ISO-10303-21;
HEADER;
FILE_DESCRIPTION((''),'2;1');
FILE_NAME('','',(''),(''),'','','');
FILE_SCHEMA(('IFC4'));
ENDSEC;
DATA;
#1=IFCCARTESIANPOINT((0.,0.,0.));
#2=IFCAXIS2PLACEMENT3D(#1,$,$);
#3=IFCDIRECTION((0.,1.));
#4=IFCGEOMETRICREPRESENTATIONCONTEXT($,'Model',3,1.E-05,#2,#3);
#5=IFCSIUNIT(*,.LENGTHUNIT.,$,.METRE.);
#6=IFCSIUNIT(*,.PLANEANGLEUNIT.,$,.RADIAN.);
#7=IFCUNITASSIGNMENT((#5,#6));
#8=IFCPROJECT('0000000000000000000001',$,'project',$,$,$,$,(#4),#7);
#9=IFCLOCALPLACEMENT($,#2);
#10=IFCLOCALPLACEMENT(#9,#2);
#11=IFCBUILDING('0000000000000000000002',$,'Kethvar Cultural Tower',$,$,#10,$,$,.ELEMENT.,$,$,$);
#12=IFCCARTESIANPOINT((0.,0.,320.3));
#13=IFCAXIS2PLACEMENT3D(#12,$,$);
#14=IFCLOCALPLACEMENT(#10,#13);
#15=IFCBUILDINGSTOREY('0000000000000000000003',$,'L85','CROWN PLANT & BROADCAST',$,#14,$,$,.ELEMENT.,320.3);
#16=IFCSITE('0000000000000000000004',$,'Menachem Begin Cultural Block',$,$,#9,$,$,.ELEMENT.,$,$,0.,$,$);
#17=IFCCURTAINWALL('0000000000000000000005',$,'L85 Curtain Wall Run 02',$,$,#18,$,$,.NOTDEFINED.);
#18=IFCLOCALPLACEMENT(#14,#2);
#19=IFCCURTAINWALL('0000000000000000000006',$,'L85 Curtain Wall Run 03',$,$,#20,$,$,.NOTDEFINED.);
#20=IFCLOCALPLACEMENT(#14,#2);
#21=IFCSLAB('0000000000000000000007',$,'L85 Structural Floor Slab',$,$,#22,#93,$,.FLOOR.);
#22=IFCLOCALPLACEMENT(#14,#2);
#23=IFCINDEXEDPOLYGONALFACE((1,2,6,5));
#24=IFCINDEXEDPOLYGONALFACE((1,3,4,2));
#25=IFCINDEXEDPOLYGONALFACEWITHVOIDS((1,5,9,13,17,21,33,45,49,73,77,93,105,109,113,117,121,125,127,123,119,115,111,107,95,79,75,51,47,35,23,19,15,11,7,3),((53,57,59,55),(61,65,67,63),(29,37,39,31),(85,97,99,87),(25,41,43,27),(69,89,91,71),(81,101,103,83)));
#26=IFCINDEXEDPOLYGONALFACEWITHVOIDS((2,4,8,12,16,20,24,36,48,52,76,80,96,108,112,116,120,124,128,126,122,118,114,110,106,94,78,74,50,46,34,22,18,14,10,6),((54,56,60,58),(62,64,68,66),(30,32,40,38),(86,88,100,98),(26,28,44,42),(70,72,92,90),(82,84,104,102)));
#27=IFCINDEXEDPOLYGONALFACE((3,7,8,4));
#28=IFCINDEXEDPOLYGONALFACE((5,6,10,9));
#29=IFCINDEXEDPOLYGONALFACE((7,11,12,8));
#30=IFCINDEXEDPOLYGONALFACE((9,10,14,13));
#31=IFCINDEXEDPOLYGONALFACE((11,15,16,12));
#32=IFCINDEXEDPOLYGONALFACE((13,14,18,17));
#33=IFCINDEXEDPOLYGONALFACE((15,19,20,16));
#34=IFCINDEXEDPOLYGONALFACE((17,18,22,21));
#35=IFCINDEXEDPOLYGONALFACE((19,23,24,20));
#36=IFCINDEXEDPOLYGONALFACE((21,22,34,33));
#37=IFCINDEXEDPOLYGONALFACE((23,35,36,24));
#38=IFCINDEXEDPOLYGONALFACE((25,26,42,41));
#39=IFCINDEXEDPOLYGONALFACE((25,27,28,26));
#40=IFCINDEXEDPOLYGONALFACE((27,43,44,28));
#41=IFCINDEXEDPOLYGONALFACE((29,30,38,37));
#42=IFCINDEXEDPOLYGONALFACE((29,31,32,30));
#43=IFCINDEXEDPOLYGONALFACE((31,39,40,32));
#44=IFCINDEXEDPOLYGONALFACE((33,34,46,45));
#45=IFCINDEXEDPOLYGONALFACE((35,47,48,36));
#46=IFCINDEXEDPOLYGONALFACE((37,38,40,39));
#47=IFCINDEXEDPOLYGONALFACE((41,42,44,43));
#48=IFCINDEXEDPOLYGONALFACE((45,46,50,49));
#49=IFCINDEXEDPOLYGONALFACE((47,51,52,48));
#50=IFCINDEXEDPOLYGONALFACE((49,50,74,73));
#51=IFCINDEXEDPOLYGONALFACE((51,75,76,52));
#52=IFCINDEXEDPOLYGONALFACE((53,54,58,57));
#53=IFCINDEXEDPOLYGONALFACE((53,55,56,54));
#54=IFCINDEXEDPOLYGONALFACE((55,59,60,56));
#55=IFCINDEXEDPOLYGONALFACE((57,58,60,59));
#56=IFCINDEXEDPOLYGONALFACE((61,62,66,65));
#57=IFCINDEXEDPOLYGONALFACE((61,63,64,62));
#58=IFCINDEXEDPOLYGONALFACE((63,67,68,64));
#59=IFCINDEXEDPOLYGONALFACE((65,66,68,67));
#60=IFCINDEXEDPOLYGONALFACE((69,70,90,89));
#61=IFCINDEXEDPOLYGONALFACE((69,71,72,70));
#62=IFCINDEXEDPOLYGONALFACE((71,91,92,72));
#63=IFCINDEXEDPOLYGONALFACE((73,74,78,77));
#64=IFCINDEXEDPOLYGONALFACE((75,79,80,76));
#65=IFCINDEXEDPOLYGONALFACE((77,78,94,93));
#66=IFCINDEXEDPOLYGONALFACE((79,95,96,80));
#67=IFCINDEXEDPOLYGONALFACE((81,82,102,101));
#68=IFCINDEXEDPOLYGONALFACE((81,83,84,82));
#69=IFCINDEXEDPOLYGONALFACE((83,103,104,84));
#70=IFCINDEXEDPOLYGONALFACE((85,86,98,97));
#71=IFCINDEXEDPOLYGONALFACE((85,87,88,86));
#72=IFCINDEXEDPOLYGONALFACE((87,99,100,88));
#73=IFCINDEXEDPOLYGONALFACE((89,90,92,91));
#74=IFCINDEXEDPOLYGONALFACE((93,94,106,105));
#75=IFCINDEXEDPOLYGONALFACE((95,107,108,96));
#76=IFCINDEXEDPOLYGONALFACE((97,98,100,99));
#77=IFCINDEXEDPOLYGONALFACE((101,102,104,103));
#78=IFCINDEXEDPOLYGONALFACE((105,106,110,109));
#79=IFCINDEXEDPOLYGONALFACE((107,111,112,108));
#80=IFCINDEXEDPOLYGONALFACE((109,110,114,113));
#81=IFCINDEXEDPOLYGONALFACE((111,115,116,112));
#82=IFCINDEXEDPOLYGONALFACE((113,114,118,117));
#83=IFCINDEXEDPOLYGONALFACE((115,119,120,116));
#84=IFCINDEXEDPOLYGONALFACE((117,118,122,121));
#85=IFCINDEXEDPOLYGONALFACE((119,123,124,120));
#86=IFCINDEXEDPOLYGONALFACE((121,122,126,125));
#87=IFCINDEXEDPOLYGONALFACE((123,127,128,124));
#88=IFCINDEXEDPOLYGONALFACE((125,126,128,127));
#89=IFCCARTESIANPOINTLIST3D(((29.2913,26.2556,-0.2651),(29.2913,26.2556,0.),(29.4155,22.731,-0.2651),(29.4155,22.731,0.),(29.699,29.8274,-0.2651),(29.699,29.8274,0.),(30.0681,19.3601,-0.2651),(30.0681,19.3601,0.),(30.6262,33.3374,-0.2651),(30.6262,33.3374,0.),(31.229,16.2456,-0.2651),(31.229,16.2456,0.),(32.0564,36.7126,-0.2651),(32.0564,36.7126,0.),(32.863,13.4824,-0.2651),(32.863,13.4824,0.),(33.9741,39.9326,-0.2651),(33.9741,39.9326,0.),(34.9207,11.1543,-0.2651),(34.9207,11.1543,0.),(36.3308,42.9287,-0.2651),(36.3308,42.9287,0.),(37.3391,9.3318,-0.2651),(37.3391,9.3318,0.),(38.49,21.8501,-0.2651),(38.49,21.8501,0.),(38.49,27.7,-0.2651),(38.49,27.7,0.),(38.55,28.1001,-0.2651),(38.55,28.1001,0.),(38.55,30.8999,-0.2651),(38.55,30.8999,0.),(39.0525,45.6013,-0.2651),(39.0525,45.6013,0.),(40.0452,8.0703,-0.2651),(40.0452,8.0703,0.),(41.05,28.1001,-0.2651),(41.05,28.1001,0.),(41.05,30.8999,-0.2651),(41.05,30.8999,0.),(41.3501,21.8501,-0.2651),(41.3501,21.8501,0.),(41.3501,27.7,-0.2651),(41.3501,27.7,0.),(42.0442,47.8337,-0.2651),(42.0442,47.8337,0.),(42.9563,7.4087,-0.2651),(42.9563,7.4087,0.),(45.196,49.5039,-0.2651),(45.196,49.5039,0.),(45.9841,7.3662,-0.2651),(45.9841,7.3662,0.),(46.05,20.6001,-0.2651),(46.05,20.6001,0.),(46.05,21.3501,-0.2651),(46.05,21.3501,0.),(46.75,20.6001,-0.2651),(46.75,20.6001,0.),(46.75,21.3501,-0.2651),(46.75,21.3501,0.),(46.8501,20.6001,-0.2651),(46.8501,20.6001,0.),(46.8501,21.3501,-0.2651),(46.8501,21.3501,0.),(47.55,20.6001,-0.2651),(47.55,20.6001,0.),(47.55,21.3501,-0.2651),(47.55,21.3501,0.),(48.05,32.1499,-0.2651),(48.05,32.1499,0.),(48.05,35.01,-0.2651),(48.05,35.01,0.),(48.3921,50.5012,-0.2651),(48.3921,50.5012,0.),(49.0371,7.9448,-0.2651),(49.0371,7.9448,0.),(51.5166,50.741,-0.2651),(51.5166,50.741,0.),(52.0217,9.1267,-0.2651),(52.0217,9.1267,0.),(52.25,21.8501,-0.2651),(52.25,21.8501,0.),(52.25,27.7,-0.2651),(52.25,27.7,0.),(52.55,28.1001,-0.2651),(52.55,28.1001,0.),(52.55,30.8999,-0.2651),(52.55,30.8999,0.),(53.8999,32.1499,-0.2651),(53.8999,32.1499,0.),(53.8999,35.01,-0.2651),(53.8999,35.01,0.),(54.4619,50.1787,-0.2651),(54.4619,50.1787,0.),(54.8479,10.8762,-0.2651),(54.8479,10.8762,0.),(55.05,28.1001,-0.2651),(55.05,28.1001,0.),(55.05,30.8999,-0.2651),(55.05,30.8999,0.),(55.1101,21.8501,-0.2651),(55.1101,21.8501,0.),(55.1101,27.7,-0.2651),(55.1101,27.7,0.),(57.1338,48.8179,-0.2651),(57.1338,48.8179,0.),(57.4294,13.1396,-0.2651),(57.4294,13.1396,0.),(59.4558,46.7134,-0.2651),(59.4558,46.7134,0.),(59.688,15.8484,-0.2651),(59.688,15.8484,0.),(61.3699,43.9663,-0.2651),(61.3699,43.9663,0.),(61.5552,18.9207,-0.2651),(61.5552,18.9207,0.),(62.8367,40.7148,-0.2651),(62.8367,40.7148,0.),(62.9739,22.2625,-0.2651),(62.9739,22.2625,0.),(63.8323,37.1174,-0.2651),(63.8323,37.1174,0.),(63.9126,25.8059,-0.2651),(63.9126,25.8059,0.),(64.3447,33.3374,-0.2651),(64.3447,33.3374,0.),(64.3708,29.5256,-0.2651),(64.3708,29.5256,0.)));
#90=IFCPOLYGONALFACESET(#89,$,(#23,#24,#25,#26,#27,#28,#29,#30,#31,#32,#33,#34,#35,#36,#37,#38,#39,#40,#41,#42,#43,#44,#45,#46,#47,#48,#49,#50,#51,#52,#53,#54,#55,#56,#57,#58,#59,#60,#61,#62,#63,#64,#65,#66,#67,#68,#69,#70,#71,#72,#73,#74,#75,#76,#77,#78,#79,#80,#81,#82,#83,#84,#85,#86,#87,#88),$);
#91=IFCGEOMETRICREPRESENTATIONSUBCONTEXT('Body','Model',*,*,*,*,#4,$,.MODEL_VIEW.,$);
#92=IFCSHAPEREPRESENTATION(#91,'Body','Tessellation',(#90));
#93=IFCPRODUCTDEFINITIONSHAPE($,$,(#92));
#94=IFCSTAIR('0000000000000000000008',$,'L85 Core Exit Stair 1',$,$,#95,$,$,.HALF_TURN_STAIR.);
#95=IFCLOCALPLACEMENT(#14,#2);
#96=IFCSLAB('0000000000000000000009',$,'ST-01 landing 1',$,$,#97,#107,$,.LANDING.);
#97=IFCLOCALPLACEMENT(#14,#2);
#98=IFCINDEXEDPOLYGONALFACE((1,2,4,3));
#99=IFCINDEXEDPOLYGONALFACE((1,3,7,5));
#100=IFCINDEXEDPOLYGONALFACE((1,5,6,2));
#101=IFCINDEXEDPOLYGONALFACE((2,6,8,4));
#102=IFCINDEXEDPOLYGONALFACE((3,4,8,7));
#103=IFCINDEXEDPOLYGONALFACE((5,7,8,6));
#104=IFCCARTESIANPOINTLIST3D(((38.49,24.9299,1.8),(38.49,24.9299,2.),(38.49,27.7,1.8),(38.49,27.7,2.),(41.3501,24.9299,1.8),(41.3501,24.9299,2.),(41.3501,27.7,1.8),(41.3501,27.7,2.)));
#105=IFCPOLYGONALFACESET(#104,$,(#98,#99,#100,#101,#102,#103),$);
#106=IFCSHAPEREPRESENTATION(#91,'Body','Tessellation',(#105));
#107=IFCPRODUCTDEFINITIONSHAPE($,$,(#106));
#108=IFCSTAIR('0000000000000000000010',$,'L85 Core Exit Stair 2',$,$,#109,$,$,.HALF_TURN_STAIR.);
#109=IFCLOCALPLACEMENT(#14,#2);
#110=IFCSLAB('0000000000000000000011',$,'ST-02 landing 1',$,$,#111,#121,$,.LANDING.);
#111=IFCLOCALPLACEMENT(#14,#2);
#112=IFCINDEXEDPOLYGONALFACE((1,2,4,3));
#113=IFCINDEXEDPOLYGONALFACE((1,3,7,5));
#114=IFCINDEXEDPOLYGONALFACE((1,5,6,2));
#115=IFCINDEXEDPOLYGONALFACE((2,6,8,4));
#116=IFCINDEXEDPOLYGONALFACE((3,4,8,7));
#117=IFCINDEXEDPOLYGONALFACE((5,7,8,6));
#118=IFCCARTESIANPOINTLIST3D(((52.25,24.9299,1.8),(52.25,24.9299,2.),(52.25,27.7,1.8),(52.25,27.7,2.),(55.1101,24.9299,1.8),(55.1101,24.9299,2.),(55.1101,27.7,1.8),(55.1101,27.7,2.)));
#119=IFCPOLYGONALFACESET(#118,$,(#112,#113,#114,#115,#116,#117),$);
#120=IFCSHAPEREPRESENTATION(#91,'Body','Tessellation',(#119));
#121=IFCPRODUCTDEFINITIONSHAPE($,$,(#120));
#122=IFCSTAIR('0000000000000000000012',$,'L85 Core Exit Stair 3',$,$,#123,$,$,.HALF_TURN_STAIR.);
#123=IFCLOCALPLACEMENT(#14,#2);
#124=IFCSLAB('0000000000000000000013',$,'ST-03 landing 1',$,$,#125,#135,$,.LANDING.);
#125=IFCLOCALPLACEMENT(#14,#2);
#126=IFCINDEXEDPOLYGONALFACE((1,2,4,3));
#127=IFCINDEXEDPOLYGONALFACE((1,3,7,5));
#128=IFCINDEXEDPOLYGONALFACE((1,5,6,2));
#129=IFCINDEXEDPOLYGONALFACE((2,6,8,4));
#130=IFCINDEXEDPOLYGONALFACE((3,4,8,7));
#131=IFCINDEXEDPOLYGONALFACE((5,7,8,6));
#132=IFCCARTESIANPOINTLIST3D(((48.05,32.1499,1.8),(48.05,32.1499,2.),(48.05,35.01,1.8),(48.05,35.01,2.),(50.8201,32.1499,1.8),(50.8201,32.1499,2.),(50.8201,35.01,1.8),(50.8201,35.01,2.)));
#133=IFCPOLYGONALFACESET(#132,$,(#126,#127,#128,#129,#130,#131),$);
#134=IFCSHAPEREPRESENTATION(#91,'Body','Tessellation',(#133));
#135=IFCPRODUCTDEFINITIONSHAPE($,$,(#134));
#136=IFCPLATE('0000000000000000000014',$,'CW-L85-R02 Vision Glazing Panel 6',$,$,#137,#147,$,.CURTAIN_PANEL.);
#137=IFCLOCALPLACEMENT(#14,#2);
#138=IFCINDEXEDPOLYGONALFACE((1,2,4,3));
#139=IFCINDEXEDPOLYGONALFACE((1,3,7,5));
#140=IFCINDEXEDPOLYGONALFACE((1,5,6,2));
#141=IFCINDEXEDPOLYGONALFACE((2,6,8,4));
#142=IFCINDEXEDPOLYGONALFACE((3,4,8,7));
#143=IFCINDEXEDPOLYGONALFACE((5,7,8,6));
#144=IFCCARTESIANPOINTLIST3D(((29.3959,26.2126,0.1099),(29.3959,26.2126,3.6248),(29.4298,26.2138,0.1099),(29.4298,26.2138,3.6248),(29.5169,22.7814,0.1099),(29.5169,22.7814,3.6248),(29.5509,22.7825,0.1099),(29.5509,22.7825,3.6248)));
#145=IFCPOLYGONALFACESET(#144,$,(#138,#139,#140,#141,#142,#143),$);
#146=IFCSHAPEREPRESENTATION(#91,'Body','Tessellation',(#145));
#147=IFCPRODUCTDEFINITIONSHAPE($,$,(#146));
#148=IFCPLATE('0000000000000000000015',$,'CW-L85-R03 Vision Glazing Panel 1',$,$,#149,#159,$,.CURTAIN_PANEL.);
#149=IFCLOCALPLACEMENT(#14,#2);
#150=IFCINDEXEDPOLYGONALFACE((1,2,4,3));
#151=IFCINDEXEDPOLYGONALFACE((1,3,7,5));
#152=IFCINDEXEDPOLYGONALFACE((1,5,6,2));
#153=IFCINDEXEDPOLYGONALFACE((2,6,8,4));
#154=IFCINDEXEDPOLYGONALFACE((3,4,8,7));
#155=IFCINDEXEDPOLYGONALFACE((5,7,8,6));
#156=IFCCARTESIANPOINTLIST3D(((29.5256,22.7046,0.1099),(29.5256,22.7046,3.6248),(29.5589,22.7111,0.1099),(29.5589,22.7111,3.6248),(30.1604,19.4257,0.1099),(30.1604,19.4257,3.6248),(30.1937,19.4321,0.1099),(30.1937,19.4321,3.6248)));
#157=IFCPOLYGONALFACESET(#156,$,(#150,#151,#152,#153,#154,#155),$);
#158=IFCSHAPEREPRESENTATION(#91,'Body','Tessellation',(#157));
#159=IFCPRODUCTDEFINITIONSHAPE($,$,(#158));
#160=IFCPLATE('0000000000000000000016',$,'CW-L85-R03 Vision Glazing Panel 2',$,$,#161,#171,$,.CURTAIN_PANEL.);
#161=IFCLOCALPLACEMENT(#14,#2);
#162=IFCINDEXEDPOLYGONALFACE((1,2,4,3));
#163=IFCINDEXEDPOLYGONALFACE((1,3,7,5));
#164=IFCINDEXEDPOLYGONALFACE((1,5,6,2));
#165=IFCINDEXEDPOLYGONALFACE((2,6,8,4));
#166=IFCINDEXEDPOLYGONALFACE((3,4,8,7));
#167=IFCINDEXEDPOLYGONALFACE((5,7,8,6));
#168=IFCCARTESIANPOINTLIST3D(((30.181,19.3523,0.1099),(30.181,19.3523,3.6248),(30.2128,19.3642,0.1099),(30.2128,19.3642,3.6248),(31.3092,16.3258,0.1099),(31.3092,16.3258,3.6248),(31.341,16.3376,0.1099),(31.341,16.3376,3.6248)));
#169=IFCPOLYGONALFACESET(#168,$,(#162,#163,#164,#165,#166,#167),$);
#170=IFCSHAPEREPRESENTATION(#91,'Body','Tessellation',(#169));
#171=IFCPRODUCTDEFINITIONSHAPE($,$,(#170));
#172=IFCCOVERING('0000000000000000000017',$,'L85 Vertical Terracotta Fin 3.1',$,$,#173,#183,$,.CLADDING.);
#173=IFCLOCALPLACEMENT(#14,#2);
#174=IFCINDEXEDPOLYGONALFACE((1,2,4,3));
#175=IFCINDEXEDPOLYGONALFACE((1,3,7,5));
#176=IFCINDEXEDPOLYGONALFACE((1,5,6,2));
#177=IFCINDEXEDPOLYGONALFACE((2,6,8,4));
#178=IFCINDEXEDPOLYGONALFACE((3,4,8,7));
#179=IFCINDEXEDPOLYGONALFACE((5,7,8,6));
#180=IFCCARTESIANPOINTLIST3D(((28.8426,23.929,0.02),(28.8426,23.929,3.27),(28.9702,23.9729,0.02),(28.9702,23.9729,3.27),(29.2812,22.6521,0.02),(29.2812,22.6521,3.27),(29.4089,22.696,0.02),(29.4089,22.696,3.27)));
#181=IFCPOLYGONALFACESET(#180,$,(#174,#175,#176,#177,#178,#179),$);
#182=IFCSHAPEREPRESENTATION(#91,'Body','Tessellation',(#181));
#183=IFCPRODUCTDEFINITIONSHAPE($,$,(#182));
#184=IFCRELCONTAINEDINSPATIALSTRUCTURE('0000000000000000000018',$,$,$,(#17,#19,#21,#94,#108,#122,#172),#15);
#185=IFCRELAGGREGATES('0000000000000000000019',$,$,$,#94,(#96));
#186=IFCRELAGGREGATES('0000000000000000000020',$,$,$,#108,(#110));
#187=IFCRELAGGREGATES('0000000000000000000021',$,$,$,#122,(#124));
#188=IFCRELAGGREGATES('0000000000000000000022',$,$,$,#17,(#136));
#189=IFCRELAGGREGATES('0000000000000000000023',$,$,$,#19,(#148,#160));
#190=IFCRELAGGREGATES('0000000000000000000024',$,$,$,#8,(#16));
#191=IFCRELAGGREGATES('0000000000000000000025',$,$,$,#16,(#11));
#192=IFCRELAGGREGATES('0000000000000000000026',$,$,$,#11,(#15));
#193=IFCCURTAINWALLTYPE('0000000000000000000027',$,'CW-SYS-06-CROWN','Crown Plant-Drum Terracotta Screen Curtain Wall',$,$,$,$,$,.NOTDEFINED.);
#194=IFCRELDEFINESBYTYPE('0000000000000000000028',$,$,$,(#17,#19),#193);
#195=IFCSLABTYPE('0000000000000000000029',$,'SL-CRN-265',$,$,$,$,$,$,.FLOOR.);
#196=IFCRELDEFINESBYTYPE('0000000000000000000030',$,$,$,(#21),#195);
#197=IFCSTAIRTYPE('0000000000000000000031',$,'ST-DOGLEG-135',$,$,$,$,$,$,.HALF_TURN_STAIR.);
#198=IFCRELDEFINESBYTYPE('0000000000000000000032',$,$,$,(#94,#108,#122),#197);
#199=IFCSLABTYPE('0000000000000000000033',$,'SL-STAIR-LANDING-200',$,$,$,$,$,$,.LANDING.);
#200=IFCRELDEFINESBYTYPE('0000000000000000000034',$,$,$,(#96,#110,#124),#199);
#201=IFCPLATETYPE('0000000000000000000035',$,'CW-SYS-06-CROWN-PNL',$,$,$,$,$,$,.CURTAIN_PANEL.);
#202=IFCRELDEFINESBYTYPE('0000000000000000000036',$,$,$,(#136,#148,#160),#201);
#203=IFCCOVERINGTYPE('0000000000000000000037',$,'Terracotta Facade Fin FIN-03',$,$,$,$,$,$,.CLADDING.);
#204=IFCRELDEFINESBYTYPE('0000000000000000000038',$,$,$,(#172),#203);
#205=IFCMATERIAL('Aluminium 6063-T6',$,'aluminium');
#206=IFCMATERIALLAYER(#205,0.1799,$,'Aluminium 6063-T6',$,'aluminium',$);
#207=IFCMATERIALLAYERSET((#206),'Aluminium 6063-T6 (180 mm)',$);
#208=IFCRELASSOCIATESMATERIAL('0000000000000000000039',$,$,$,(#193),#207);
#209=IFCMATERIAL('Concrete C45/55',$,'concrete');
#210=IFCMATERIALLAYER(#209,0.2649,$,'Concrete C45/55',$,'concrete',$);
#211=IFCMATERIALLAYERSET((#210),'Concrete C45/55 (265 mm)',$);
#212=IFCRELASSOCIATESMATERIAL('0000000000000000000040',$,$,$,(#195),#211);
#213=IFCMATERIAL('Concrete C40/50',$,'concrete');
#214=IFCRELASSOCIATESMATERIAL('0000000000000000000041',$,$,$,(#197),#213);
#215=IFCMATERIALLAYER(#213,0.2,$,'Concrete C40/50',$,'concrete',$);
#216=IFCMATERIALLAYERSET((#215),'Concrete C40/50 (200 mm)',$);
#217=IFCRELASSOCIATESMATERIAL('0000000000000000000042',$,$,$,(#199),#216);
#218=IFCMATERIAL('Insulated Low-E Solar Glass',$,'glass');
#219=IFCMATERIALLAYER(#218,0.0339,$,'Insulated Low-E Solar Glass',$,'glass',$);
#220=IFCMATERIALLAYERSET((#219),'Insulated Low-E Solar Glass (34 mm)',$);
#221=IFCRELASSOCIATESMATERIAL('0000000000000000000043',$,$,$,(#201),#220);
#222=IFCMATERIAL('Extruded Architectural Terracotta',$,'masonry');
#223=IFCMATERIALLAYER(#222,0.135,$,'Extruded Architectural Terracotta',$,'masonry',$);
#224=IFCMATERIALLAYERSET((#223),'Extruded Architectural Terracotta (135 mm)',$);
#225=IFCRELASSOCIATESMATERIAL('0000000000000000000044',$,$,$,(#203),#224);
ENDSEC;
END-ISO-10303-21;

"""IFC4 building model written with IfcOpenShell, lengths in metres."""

from ifc_helpers import new_model, si_unit, direction, frame, origin, origin_2d, place, context, subcontext, project, spatial, polyline, rectangle, outline, extrude, source, transform, mapped, material, layer, layer_set, type_object, element, aggregate, save


model = new_model("IFC4")

# Units and contexts
model_context = context("Model", 3, precision=1e-05, world=origin(), true_north=direction((0.0, 1.0)))
body_context = subcontext(model_context, "Body", "Model", "MODEL_VIEW")
ifc_project = project(units=[si_unit("LENGTHUNIT", "METRE"), si_unit("PLANEANGLEUNIT", "RADIAN")], contexts=[model_context])

# Site, building, storey
site_placement = place(None, origin())
site = spatial("IfcSite", under=ifc_project, at=site_placement, Name="Menachem Begin Cultural Block", CompositionType="ELEMENT", RefElevation=0.0)
building_placement = place(site_placement, origin())
building = spatial("IfcBuilding", under=site, at=building_placement, Name="Kethvar Cultural Tower", CompositionType="ELEMENT")
storey_placement = place(building_placement, frame((0.0, 0.0, 320.3)))
storey = spatial("IfcBuildingStorey", under=building, at=storey_placement, Name="L85", Description="CROWN PLANT & BROADCAST", CompositionType="ELEMENT", Elevation=320.3)

# Curtain wall
ifc_material_1 = material(Name="Aluminium 6063-T6", Category="aluminium")
ifc_layer_1 = layer(ifc_material_1, 0.1799, Name="Aluminium 6063-T6", Category="aluminium")
ifc_layer_set_1 = layer_set([ifc_layer_1], Name="Aluminium 6063-T6 (180 mm)")
curtain_wall_type = type_object("IfcCurtainWallType", Name="CW-SYS-06-CROWN", Description="Crown Plant-Drum Terracotta Screen Curtain Wall", PredefinedType="NOTDEFINED", material=ifc_layer_set_1)
curtain_wall_1_placement = place(storey_placement, origin())
curtain_wall_1 = element("IfcCurtainWall", 1, at=curtain_wall_1_placement, inside=storey, type_object=curtain_wall_type, Name="L85 Curtain Wall Run 02", PredefinedType="NOTDEFINED")

# Curtain wall
curtain_wall_2_placement = place(storey_placement, origin())
curtain_wall_2 = element("IfcCurtainWall", 2, at=curtain_wall_2_placement, inside=storey, type_object=curtain_wall_type, Name="L85 Curtain Wall Run 03", PredefinedType="NOTDEFINED")

# Slab
ifc_material_2 = material(Name="Concrete C45/55", Category="concrete")
ifc_layer_2 = layer(ifc_material_2, 0.2649, Name="Concrete C45/55", Category="concrete")
ifc_layer_set_2 = layer_set([ifc_layer_2], Name="Concrete C45/55 (265 mm)")
slab_type_1 = type_object("IfcSlabType", Name="SL-CRN-265", PredefinedType="FLOOR", material=ifc_layer_set_2)
slab_1_placement = place(storey_placement, frame((0.0, 0.0, -0.2651)))
element("IfcSlab", 3, at=slab_1_placement, inside=storey, type_object=slab_type_1, Name="L85 Structural Floor Slab", PredefinedType="FLOOR", context=body_context, shape_type="SweptSolid", body=[
    extrude(outline(polyline([(54.4619, 50.1787), (51.5166, 50.741), (48.3921, 50.5012), (45.196, 49.5039), (42.0442, 47.8337), (39.0525, 45.6013), (36.3308, 42.9287), (33.9741, 39.9326), (32.0564, 36.7126), (30.6262, 33.3374), (29.699, 29.8274), (29.2913, 26.2556), (29.4155, 22.731), (30.0681, 19.3601), (31.229, 16.2456), (32.863, 13.4824), (34.9207, 11.1543), (37.3391, 9.3318), (40.0452, 8.0703), (42.9563, 7.4087), (45.9841, 7.3662), (49.0371, 7.9448), (52.0217, 9.1267), (54.8479, 10.8762), (57.4294, 13.1396), (59.688, 15.8484), (61.5552, 18.9207), (62.9739, 22.2625), (63.9126, 25.8059), (64.3708, 29.5256), (64.3447, 33.3374), (63.8323, 37.1174), (62.8367, 40.7148), (61.3699, 43.9663), (59.4558, 46.7134), (57.1338, 48.8179), (54.4619, 50.1787)]), holes=[polyline([(38.49, 21.8501), (38.49, 27.7), (41.3501, 27.7), (41.3501, 21.8501), (38.49, 21.8501)]), polyline([(52.25, 21.8501), (52.25, 27.7), (55.1101, 27.7), (55.1101, 21.8501), (52.25, 21.8501)]), polyline([(53.8999, 32.1499), (48.05, 32.1499), (48.05, 35.01), (53.8999, 35.01), (53.8999, 32.1499)]), polyline([(38.55, 30.8999), (41.05, 30.8999), (41.05, 28.1001), (38.55, 28.1001), (38.55, 30.8999)]), polyline([(52.55, 30.8999), (55.05, 30.8999), (55.05, 28.1001), (52.55, 28.1001), (52.55, 30.8999)]), polyline([(46.05, 21.3501), (46.75, 21.3501), (46.75, 20.6001), (46.05, 20.6001), (46.05, 21.3501)]), polyline([(46.8501, 21.3501), (47.55, 21.3501), (47.55, 20.6001), (46.8501, 20.6001), (46.8501, 21.3501)])]), origin(), (0.0, 0.0, 1.0), 0.2651),
])

# Stairs, slabs
ifc_material_3 = material(Name="Concrete C40/50", Category="concrete")
stair_type = type_object("IfcStairType", Name="ST-DOGLEG-135", PredefinedType="HALF_TURN_STAIR", material=ifc_material_3)
stair_1_placement = place(storey_placement, origin())
stair_1 = element("IfcStair", 4, at=stair_1_placement, inside=storey, type_object=stair_type, Name="L85 Core Exit Stair 1", PredefinedType="HALF_TURN_STAIR")
ifc_layer_3 = layer(ifc_material_3, 0.2, Name="Concrete C40/50", Category="concrete")
ifc_layer_set_3 = layer_set([ifc_layer_3], Name="Concrete C40/50 (200 mm)")
slab_type_2 = type_object("IfcSlabType", Name="SL-STAIR-LANDING-200", PredefinedType="LANDING", material=ifc_layer_set_3)
slab_2_placement = place(storey_placement, frame((0.0, 0.0, 1.8)))
slab_2 = element("IfcSlab", 5, at=slab_2_placement, type_object=slab_type_2, Name="ST-01 landing 1", PredefinedType="LANDING", context=body_context, shape_type="SweptSolid", body=[
    extrude(outline(polyline([(41.3501, 24.9299), (41.3501, 27.7), (38.49, 27.7), (38.49, 24.9299), (41.3501, 24.9299)])), origin(), (0.0, 0.0, 1.0), 0.2),
])
aggregate(stair_1, [slab_2])
stair_2_placement = place(storey_placement, origin())
stair_2 = element("IfcStair", 6, at=stair_2_placement, inside=storey, type_object=stair_type, Name="L85 Core Exit Stair 2", PredefinedType="HALF_TURN_STAIR")
slab_3_placement = place(storey_placement, frame((0.0, 0.0, 1.8)))
slab_3 = element("IfcSlab", 7, at=slab_3_placement, type_object=slab_type_2, Name="ST-02 landing 1", PredefinedType="LANDING", context=body_context, shape_type="SweptSolid", body=[
    extrude(outline(polyline([(55.1101, 24.9299), (55.1101, 27.7), (52.25, 27.7), (52.25, 24.9299), (55.1101, 24.9299)])), origin(), (0.0, 0.0, 1.0), 0.2),
])
aggregate(stair_2, [slab_3])
stair_3_placement = place(storey_placement, origin())
stair_3 = element("IfcStair", 8, at=stair_3_placement, inside=storey, type_object=stair_type, Name="L85 Core Exit Stair 3", PredefinedType="HALF_TURN_STAIR")
slab_4_placement = place(storey_placement, frame((0.0, 0.0, 1.8)))
slab_4 = element("IfcSlab", 9, at=slab_4_placement, type_object=slab_type_2, Name="ST-03 landing 1", PredefinedType="LANDING", context=body_context, shape_type="SweptSolid", body=[
    extrude(outline(polyline([(50.8201, 35.01), (48.05, 35.01), (48.05, 32.1499), (50.8201, 32.1499), (50.8201, 35.01)])), origin(), (0.0, 0.0, 1.0), 0.2),
])
aggregate(stair_3, [slab_4])

# Plates
ifc_material_4 = material(Name="Insulated Low-E Solar Glass", Category="glass")
ifc_layer_4 = layer(ifc_material_4, 0.0339, Name="Insulated Low-E Solar Glass", Category="glass")
ifc_layer_set_4 = layer_set([ifc_layer_4], Name="Insulated Low-E Solar Glass (34 mm)")
plate_type = type_object("IfcPlateType", Name="CW-SYS-06-CROWN-PNL", PredefinedType="CURTAIN_PANEL", material=ifc_layer_set_4)
shared_shape_1 = source(origin(), body_context, "Body", "SweptSolid", [
    extrude(rectangle(XDim=3.4333, YDim=0.0339, at=origin_2d()), origin(), (0.0, 0.0, 1.0), 3.5149),
])
plate_1_placement = place(storey_placement, frame((29.4734, 24.4976, 0.1099), z_axis=(0.0, 0.0, 1.0), x_axis=(0.035248, -0.999379, 0.0)))
plate_1 = element("IfcPlate", 10, at=plate_1_placement, type_object=plate_type, Name="CW-L85-R02 Vision Glazing Panel 6", PredefinedType="CURTAIN_PANEL", context=body_context, shape_type="MappedRepresentation", body=[
    mapped(shared_shape_1, transform((0.0, 0.0, 0.0), scale=1.0)),
])
aggregate(curtain_wall_1, [plate_1])
shared_shape_2 = source(origin(), body_context, "Body", "SweptSolid", [
    extrude(rectangle(XDim=3.3398, YDim=0.0339, at=origin_2d()), origin(), (0.0, 0.0, 1.0), 3.5149),
])
plate_2_placement = place(storey_placement, frame((29.8596, 21.0684, 0.1099), z_axis=(0.0, 0.0, 1.0), x_axis=(0.190072, -0.98177, 0.0)))
plate_2 = element("IfcPlate", 11, at=plate_2_placement, type_object=plate_type, Name="CW-L85-R03 Vision Glazing Panel 1", PredefinedType="CURTAIN_PANEL", context=body_context, shape_type="MappedRepresentation", body=[
    mapped(shared_shape_2, transform((0.0, 0.0, 0.0), scale=1.0)),
])
shared_shape_3 = source(origin(), body_context, "Body", "SweptSolid", [
    extrude(rectangle(XDim=3.23, YDim=0.0339, at=origin_2d()), origin(), (0.0, 0.0, 1.0), 3.5149),
])
plate_3_placement = place(storey_placement, frame((30.761, 17.845, 0.1099), z_axis=(0.0, 0.0, 1.0), x_axis=(0.349275, -0.93702, 0.0)))
plate_3 = element("IfcPlate", 12, at=plate_3_placement, type_object=plate_type, Name="CW-L85-R03 Vision Glazing Panel 2", PredefinedType="CURTAIN_PANEL", context=body_context, shape_type="MappedRepresentation", body=[
    mapped(shared_shape_3, transform((0.0, 0.0, 0.0), scale=1.0)),
])
aggregate(curtain_wall_2, [plate_2, plate_3])

# Covering
ifc_material_5 = material(Name="Extruded Architectural Terracotta", Category="masonry")
ifc_layer_5 = layer(ifc_material_5, 0.135, Name="Extruded Architectural Terracotta", Category="masonry")
ifc_layer_set_5 = layer_set([ifc_layer_5], Name="Extruded Architectural Terracotta (135 mm)")
covering_type = type_object("IfcCoveringType", Name="Terracotta Facade Fin FIN-03", PredefinedType="CLADDING", material=ifc_layer_set_5)
shared_shape_4 = source(origin(), body_context, "Body", "SweptSolid", [
    extrude(rectangle(XDim=1.3501, YDim=0.135, at=origin_2d()), origin(), (0.0, 0.0, 1.0), 3.25),
])
for number, where, z_axis, x_axis, name in (
    (13, (29.1257, 23.3125, 0.02), (0.0, 0.0, 1.0), (-0.324908, 0.945746, 0.0), "L85 Vertical Terracotta Fin 3.1"),
):
    element("IfcCovering", number, at=place(storey_placement, frame(where, z_axis=z_axis, x_axis=x_axis)), inside=storey, type_object=covering_type, Name=name, PredefinedType="CLADDING", context=body_context, shape_type="MappedRepresentation", body=[
        mapped(shared_shape_4, transform((0.0, 0.0, 0.0), scale=1.0)),
    ])

save(model, "model.ifc")
